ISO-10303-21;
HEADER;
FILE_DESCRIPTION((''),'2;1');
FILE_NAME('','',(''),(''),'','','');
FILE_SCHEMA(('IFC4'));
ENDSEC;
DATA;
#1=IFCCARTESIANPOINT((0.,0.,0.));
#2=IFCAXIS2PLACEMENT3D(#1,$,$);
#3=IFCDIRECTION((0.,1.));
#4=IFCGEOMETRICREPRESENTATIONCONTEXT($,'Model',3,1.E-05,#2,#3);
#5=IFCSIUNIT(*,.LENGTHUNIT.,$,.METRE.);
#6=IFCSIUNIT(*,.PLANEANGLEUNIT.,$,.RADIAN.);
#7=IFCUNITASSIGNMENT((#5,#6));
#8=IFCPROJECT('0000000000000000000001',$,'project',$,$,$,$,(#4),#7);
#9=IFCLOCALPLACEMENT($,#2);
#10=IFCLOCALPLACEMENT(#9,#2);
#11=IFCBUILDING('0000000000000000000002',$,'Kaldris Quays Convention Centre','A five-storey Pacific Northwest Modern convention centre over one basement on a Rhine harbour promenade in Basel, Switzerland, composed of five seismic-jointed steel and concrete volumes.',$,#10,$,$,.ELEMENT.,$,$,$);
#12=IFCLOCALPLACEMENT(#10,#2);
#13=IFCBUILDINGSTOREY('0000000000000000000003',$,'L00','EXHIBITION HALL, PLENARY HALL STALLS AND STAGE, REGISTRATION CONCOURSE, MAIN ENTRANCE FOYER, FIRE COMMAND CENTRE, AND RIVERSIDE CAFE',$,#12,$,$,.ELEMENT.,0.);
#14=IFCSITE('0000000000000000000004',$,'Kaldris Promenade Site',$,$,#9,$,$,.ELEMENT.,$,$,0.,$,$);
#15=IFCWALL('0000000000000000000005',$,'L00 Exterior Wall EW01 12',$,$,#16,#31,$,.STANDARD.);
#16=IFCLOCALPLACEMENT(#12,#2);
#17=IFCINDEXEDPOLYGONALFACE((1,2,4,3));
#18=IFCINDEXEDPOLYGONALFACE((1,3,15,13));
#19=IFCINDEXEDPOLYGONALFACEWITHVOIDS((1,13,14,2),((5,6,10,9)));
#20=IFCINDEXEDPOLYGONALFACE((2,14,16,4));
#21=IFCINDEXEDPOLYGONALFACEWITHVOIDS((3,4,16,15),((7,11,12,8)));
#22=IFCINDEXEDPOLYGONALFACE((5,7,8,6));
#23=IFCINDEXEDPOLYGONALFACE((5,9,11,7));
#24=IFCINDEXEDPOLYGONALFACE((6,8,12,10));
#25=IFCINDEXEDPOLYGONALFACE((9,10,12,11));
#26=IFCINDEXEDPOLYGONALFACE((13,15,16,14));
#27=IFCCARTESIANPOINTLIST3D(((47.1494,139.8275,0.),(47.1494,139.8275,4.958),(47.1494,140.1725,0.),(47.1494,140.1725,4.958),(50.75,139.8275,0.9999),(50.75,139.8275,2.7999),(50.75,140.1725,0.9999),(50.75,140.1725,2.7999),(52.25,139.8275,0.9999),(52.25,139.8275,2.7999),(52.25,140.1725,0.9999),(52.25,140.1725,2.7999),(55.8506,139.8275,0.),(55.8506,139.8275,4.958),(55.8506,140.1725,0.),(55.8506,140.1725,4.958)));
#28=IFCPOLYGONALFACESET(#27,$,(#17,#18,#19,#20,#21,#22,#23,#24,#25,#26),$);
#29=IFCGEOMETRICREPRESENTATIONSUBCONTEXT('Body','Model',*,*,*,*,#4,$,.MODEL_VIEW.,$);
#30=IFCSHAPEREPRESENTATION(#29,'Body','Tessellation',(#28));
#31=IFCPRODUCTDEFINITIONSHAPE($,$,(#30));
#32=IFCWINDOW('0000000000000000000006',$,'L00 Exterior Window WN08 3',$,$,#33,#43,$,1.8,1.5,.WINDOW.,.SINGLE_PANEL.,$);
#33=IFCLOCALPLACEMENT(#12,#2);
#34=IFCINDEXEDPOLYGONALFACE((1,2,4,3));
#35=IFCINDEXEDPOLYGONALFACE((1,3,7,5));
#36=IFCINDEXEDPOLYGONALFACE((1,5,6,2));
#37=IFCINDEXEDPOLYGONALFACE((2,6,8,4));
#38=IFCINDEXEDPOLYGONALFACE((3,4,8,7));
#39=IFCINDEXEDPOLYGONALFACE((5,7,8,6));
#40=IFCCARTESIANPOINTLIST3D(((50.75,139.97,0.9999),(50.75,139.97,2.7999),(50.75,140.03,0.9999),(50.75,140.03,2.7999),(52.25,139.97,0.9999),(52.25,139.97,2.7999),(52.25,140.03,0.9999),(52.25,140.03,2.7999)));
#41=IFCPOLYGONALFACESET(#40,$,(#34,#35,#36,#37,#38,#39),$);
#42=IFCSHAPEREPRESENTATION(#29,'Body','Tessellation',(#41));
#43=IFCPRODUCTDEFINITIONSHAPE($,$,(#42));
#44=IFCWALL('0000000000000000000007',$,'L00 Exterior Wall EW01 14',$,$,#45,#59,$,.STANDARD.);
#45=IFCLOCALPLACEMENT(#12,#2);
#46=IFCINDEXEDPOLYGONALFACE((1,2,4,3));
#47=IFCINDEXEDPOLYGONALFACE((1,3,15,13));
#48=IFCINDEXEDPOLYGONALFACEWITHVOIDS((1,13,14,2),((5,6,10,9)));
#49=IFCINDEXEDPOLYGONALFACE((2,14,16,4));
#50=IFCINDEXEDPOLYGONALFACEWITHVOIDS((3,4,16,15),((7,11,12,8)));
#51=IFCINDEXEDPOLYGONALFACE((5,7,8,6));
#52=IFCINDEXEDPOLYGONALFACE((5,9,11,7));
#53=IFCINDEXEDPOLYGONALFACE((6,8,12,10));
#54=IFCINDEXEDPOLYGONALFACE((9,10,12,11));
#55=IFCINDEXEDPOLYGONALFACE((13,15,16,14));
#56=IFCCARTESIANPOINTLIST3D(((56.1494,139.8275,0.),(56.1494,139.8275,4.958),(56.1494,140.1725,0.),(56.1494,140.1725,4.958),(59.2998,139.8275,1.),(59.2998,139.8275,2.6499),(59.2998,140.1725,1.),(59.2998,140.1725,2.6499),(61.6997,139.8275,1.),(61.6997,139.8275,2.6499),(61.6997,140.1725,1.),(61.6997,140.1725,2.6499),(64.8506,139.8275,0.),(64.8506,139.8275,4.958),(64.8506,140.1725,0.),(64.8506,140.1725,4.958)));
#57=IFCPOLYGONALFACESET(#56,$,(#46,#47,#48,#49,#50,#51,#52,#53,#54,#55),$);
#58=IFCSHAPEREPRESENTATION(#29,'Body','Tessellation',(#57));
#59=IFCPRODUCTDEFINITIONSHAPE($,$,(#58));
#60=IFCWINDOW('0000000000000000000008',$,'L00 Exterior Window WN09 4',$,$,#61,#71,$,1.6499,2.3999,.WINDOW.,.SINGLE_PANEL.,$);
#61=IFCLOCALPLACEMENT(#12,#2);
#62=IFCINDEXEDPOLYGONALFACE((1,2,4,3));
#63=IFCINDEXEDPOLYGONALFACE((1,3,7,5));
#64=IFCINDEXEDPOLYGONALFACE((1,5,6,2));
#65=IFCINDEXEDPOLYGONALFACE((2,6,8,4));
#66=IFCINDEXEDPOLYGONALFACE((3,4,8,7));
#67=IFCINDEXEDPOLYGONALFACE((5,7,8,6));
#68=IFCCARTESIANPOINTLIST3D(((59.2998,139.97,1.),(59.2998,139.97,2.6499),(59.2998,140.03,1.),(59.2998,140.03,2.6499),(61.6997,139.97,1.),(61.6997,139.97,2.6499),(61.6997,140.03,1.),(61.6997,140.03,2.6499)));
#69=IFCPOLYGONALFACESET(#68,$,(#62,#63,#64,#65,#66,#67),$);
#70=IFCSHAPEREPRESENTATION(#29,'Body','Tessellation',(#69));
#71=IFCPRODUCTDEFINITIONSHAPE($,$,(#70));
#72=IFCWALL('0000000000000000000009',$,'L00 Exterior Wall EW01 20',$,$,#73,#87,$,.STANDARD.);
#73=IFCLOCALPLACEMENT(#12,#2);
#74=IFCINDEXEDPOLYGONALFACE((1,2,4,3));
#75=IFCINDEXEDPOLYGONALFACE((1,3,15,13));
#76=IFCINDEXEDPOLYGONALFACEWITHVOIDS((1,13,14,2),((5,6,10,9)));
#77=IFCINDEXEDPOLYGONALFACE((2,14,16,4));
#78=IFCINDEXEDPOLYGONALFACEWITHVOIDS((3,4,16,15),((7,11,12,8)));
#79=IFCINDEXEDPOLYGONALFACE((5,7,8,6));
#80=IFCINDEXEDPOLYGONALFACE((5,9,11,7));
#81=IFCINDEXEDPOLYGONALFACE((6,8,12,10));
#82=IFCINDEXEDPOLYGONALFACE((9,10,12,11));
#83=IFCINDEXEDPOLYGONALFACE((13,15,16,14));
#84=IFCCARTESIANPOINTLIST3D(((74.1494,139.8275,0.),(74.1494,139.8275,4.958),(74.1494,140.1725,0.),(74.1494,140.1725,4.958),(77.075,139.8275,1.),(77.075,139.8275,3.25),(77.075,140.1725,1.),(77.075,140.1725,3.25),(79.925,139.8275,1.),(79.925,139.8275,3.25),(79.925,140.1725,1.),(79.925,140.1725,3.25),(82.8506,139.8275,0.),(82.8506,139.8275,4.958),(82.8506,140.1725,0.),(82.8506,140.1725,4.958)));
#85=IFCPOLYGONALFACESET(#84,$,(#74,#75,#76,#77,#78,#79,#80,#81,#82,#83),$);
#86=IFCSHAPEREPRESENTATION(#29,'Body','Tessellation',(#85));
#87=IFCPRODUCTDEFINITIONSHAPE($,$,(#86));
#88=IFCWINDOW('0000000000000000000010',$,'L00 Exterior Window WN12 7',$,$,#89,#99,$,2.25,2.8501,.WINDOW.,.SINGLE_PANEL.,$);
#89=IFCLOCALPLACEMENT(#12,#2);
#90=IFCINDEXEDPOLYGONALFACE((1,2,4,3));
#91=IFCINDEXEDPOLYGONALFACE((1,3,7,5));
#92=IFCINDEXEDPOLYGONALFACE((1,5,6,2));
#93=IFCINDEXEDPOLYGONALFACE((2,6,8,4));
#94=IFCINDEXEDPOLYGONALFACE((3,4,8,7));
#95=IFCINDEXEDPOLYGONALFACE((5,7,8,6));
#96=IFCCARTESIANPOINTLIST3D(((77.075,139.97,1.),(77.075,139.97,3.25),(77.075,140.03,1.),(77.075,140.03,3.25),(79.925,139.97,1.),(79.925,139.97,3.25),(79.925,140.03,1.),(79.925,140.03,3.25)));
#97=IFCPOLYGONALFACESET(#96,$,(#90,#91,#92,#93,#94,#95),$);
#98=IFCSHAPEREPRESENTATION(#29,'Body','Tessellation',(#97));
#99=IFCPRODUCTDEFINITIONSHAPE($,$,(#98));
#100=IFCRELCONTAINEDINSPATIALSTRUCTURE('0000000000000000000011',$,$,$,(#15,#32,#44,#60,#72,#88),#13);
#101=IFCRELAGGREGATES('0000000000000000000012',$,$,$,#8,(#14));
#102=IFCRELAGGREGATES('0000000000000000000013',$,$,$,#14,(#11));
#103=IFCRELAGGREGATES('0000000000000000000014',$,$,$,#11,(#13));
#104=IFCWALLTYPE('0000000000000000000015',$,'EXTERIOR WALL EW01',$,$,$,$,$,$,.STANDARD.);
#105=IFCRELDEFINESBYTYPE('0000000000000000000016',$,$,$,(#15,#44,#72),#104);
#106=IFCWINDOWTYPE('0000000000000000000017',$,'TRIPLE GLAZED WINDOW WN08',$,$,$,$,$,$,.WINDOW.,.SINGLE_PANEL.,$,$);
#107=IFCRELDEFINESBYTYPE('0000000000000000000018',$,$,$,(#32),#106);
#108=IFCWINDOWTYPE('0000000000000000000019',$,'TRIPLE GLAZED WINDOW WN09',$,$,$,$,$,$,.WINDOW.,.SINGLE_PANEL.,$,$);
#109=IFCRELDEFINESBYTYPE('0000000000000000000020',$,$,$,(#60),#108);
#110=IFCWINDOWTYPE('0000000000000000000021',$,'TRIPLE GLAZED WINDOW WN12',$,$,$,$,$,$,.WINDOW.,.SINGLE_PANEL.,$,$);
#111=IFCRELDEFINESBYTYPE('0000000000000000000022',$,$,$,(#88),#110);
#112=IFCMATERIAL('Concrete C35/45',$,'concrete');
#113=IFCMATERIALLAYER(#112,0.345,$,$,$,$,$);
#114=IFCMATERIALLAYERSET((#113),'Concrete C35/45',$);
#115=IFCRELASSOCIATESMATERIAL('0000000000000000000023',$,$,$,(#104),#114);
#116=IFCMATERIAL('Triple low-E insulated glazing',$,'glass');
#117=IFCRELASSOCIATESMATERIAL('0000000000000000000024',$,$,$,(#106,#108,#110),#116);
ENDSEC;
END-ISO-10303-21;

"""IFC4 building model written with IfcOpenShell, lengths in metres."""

from ifc_helpers import new_model, si_unit, direction, frame, frame_2d, origin, place, context, subcontext, project, spatial, rectangle, extrude, material, layer, layer_set, type_object, element, fill, save


model = new_model("IFC4")

# Units and contexts
model_context = context("Model", 3, precision=1e-05, world=origin(), true_north=direction((0.0, 1.0)))
body_context = subcontext(model_context, "Body", "Model", "MODEL_VIEW")
ifc_project = project(units=[si_unit("LENGTHUNIT", "METRE"), si_unit("PLANEANGLEUNIT", "RADIAN")], contexts=[model_context])

# Site, building, storey
site_placement = place(None, origin())
site = spatial("IfcSite", under=ifc_project, at=site_placement, Name="Kaldris Promenade Site", CompositionType="ELEMENT", RefElevation=0.0)
building_placement = place(site_placement, origin())
building = spatial("IfcBuilding", under=site, at=building_placement, Name="Kaldris Quays Convention Centre", Description="A five-storey Pacific Northwest Modern convention centre over one basement on a Rhine harbour promenade in Basel, Switzerland, composed of five seismic-jointed steel and concrete volumes.", CompositionType="ELEMENT")
storey_placement = place(building_placement, origin())
storey = spatial("IfcBuildingStorey", under=building, at=storey_placement, Name="L00", Description="EXHIBITION HALL, PLENARY HALL STALLS AND STAGE, REGISTRATION CONCOURSE, MAIN ENTRANCE FOYER, FIRE COMMAND CENTRE, AND RIVERSIDE CAFE", CompositionType="ELEMENT", Elevation=0.0)

# Shared definitions
ifc_material_1 = material(Name="Concrete C35/45", Category="concrete")
ifc_layer = layer(ifc_material_1, 0.345)
ifc_layer_set = layer_set([ifc_layer], Name="Concrete C35/45")
wall_type = type_object("IfcWallType", Name="EXTERIOR WALL EW01", PredefinedType="STANDARD", material=ifc_layer_set)

# Walls, openings, windows
wall_1_placement = place(storey_placement, frame((47.1494, 140.0, 0.0), z_axis=(0.0, 0.0, 1.0), x_axis=(1.0, 0.0, 0.0)))
wall_1 = element("IfcWall", 1, at=wall_1_placement, inside=storey, type_object=wall_type, Name="L00 Exterior Wall EW01 12", PredefinedType="STANDARD", context=body_context, shape_type="SweptSolid", body=[
    extrude(rectangle(XDim=8.7012, YDim=0.345, at=frame_2d((4.3506, 0.0))), origin(), (0.0, 0.0, 1.0), 4.958),
])
opening_1_placement = place(wall_1_placement, frame((3.6006, 0.0, 1.0)))
opening_1 = element("IfcOpeningElement", 2, at=opening_1_placement, cuts=wall_1, PredefinedType="OPENING", context=body_context, shape_type="SweptSolid", body=[
    extrude(rectangle(XDim=1.5, YDim=1.8, at=frame_2d((0.75, 0.8999))), frame((0.0, 0.1826, 0.0), z_axis=(0.0, -1.0, 0.0), x_axis=(1.0, 0.0, 0.0)), (0.0, 0.0, 1.0), 0.365),
])
ifc_material_2 = material(Name="Triple low-E insulated glazing", Category="glass")
window_type_1 = type_object("IfcWindowType", Name="TRIPLE GLAZED WINDOW WN08", PartitioningType="SINGLE_PANEL", PredefinedType="WINDOW", material=ifc_material_2)
window_1_placement = place(opening_1_placement, origin())
window_1 = element("IfcWindow", 3, at=window_1_placement, inside=storey, type_object=window_type_1, Name="L00 Exterior Window WN08 3", OverallHeight=1.8, OverallWidth=1.5, PartitioningType="SINGLE_PANEL", PredefinedType="WINDOW", context=body_context, shape_type="SweptSolid", body=[
    extrude(rectangle(XDim=1.5, YDim=1.8, at=frame_2d((0.75, 0.8999))), frame((0.0, 0.03, 0.0), z_axis=(0.0, -1.0, 0.0), x_axis=(1.0, 0.0, 0.0)), (0.0, 0.0, 1.0), 0.0601),
])
fill(opening_1, window_1)
wall_2_placement = place(storey_placement, frame((56.1494, 140.0, 0.0), z_axis=(0.0, 0.0, 1.0), x_axis=(1.0, 0.0, 0.0)))
wall_2 = element("IfcWall", 4, at=wall_2_placement, inside=storey, type_object=wall_type, Name="L00 Exterior Wall EW01 14", PredefinedType="STANDARD", context=body_context, shape_type="SweptSolid", body=[
    extrude(rectangle(XDim=8.7012, YDim=0.345, at=frame_2d((4.3506, 0.0))), origin(), (0.0, 0.0, 1.0), 4.958),
])
opening_2_placement = place(wall_2_placement, frame((3.1504, 0.0, 1.0)))
opening_2 = element("IfcOpeningElement", 5, at=opening_2_placement, cuts=wall_2, PredefinedType="OPENING", context=body_context, shape_type="SweptSolid", body=[
    extrude(rectangle(XDim=2.3999, YDim=1.6499, at=frame_2d((1.2, 0.825))), frame((0.0, 0.1826, 0.0), z_axis=(0.0, -1.0, 0.0), x_axis=(1.0, 0.0, 0.0)), (0.0, 0.0, 1.0), 0.365),
])
window_type_2 = type_object("IfcWindowType", Name="TRIPLE GLAZED WINDOW WN09", PartitioningType="SINGLE_PANEL", PredefinedType="WINDOW", material=ifc_material_2)
window_2_placement = place(opening_2_placement, origin())
window_2 = element("IfcWindow", 6, at=window_2_placement, inside=storey, type_object=window_type_2, Name="L00 Exterior Window WN09 4", OverallHeight=1.6499, OverallWidth=2.3999, PartitioningType="SINGLE_PANEL", PredefinedType="WINDOW", context=body_context, shape_type="SweptSolid", body=[
    extrude(rectangle(XDim=2.3999, YDim=1.6499, at=frame_2d((1.2, 0.825))), frame((0.0, 0.03, 0.0), z_axis=(0.0, -1.0, 0.0), x_axis=(1.0, 0.0, 0.0)), (0.0, 0.0, 1.0), 0.0601),
])
fill(opening_2, window_2)

# Wall, opening, window
wall_3_placement = place(storey_placement, frame((74.1494, 140.0, 0.0), z_axis=(0.0, 0.0, 1.0), x_axis=(1.0, 0.0, 0.0)))
wall_3 = element("IfcWall", 7, at=wall_3_placement, inside=storey, type_object=wall_type, Name="L00 Exterior Wall EW01 20", PredefinedType="STANDARD", context=body_context, shape_type="SweptSolid", body=[
    extrude(rectangle(XDim=8.7012, YDim=0.345, at=frame_2d((4.3506, 0.0))), origin(), (0.0, 0.0, 1.0), 4.958),
])
opening_3_placement = place(wall_3_placement, frame((2.9255, 0.0, 1.0)))
opening_3 = element("IfcOpeningElement", 8, at=opening_3_placement, cuts=wall_3, PredefinedType="OPENING", context=body_context, shape_type="SweptSolid", body=[
    extrude(rectangle(XDim=2.8501, YDim=2.25, at=frame_2d((1.425, 1.125))), frame((0.0, 0.1826, 0.0), z_axis=(0.0, -1.0, 0.0), x_axis=(1.0, 0.0, 0.0)), (0.0, 0.0, 1.0), 0.365),
])
window_type_3 = type_object("IfcWindowType", Name="TRIPLE GLAZED WINDOW WN12", PartitioningType="SINGLE_PANEL", PredefinedType="WINDOW", material=ifc_material_2)
window_3_placement = place(opening_3_placement, origin())
window_3 = element("IfcWindow", 9, at=window_3_placement, inside=storey, type_object=window_type_3, Name="L00 Exterior Window WN12 7", OverallHeight=2.25, OverallWidth=2.8501, PartitioningType="SINGLE_PANEL", PredefinedType="WINDOW", context=body_context, shape_type="SweptSolid", body=[
    extrude(rectangle(XDim=2.8501, YDim=2.25, at=frame_2d((1.425, 1.125))), frame((0.0, 0.03, 0.0), z_axis=(0.0, -1.0, 0.0), x_axis=(1.0, 0.0, 0.0)), (0.0, 0.0, 1.0), 0.0601),
])
fill(opening_3, window_3)

save(model, "model.ifc")
